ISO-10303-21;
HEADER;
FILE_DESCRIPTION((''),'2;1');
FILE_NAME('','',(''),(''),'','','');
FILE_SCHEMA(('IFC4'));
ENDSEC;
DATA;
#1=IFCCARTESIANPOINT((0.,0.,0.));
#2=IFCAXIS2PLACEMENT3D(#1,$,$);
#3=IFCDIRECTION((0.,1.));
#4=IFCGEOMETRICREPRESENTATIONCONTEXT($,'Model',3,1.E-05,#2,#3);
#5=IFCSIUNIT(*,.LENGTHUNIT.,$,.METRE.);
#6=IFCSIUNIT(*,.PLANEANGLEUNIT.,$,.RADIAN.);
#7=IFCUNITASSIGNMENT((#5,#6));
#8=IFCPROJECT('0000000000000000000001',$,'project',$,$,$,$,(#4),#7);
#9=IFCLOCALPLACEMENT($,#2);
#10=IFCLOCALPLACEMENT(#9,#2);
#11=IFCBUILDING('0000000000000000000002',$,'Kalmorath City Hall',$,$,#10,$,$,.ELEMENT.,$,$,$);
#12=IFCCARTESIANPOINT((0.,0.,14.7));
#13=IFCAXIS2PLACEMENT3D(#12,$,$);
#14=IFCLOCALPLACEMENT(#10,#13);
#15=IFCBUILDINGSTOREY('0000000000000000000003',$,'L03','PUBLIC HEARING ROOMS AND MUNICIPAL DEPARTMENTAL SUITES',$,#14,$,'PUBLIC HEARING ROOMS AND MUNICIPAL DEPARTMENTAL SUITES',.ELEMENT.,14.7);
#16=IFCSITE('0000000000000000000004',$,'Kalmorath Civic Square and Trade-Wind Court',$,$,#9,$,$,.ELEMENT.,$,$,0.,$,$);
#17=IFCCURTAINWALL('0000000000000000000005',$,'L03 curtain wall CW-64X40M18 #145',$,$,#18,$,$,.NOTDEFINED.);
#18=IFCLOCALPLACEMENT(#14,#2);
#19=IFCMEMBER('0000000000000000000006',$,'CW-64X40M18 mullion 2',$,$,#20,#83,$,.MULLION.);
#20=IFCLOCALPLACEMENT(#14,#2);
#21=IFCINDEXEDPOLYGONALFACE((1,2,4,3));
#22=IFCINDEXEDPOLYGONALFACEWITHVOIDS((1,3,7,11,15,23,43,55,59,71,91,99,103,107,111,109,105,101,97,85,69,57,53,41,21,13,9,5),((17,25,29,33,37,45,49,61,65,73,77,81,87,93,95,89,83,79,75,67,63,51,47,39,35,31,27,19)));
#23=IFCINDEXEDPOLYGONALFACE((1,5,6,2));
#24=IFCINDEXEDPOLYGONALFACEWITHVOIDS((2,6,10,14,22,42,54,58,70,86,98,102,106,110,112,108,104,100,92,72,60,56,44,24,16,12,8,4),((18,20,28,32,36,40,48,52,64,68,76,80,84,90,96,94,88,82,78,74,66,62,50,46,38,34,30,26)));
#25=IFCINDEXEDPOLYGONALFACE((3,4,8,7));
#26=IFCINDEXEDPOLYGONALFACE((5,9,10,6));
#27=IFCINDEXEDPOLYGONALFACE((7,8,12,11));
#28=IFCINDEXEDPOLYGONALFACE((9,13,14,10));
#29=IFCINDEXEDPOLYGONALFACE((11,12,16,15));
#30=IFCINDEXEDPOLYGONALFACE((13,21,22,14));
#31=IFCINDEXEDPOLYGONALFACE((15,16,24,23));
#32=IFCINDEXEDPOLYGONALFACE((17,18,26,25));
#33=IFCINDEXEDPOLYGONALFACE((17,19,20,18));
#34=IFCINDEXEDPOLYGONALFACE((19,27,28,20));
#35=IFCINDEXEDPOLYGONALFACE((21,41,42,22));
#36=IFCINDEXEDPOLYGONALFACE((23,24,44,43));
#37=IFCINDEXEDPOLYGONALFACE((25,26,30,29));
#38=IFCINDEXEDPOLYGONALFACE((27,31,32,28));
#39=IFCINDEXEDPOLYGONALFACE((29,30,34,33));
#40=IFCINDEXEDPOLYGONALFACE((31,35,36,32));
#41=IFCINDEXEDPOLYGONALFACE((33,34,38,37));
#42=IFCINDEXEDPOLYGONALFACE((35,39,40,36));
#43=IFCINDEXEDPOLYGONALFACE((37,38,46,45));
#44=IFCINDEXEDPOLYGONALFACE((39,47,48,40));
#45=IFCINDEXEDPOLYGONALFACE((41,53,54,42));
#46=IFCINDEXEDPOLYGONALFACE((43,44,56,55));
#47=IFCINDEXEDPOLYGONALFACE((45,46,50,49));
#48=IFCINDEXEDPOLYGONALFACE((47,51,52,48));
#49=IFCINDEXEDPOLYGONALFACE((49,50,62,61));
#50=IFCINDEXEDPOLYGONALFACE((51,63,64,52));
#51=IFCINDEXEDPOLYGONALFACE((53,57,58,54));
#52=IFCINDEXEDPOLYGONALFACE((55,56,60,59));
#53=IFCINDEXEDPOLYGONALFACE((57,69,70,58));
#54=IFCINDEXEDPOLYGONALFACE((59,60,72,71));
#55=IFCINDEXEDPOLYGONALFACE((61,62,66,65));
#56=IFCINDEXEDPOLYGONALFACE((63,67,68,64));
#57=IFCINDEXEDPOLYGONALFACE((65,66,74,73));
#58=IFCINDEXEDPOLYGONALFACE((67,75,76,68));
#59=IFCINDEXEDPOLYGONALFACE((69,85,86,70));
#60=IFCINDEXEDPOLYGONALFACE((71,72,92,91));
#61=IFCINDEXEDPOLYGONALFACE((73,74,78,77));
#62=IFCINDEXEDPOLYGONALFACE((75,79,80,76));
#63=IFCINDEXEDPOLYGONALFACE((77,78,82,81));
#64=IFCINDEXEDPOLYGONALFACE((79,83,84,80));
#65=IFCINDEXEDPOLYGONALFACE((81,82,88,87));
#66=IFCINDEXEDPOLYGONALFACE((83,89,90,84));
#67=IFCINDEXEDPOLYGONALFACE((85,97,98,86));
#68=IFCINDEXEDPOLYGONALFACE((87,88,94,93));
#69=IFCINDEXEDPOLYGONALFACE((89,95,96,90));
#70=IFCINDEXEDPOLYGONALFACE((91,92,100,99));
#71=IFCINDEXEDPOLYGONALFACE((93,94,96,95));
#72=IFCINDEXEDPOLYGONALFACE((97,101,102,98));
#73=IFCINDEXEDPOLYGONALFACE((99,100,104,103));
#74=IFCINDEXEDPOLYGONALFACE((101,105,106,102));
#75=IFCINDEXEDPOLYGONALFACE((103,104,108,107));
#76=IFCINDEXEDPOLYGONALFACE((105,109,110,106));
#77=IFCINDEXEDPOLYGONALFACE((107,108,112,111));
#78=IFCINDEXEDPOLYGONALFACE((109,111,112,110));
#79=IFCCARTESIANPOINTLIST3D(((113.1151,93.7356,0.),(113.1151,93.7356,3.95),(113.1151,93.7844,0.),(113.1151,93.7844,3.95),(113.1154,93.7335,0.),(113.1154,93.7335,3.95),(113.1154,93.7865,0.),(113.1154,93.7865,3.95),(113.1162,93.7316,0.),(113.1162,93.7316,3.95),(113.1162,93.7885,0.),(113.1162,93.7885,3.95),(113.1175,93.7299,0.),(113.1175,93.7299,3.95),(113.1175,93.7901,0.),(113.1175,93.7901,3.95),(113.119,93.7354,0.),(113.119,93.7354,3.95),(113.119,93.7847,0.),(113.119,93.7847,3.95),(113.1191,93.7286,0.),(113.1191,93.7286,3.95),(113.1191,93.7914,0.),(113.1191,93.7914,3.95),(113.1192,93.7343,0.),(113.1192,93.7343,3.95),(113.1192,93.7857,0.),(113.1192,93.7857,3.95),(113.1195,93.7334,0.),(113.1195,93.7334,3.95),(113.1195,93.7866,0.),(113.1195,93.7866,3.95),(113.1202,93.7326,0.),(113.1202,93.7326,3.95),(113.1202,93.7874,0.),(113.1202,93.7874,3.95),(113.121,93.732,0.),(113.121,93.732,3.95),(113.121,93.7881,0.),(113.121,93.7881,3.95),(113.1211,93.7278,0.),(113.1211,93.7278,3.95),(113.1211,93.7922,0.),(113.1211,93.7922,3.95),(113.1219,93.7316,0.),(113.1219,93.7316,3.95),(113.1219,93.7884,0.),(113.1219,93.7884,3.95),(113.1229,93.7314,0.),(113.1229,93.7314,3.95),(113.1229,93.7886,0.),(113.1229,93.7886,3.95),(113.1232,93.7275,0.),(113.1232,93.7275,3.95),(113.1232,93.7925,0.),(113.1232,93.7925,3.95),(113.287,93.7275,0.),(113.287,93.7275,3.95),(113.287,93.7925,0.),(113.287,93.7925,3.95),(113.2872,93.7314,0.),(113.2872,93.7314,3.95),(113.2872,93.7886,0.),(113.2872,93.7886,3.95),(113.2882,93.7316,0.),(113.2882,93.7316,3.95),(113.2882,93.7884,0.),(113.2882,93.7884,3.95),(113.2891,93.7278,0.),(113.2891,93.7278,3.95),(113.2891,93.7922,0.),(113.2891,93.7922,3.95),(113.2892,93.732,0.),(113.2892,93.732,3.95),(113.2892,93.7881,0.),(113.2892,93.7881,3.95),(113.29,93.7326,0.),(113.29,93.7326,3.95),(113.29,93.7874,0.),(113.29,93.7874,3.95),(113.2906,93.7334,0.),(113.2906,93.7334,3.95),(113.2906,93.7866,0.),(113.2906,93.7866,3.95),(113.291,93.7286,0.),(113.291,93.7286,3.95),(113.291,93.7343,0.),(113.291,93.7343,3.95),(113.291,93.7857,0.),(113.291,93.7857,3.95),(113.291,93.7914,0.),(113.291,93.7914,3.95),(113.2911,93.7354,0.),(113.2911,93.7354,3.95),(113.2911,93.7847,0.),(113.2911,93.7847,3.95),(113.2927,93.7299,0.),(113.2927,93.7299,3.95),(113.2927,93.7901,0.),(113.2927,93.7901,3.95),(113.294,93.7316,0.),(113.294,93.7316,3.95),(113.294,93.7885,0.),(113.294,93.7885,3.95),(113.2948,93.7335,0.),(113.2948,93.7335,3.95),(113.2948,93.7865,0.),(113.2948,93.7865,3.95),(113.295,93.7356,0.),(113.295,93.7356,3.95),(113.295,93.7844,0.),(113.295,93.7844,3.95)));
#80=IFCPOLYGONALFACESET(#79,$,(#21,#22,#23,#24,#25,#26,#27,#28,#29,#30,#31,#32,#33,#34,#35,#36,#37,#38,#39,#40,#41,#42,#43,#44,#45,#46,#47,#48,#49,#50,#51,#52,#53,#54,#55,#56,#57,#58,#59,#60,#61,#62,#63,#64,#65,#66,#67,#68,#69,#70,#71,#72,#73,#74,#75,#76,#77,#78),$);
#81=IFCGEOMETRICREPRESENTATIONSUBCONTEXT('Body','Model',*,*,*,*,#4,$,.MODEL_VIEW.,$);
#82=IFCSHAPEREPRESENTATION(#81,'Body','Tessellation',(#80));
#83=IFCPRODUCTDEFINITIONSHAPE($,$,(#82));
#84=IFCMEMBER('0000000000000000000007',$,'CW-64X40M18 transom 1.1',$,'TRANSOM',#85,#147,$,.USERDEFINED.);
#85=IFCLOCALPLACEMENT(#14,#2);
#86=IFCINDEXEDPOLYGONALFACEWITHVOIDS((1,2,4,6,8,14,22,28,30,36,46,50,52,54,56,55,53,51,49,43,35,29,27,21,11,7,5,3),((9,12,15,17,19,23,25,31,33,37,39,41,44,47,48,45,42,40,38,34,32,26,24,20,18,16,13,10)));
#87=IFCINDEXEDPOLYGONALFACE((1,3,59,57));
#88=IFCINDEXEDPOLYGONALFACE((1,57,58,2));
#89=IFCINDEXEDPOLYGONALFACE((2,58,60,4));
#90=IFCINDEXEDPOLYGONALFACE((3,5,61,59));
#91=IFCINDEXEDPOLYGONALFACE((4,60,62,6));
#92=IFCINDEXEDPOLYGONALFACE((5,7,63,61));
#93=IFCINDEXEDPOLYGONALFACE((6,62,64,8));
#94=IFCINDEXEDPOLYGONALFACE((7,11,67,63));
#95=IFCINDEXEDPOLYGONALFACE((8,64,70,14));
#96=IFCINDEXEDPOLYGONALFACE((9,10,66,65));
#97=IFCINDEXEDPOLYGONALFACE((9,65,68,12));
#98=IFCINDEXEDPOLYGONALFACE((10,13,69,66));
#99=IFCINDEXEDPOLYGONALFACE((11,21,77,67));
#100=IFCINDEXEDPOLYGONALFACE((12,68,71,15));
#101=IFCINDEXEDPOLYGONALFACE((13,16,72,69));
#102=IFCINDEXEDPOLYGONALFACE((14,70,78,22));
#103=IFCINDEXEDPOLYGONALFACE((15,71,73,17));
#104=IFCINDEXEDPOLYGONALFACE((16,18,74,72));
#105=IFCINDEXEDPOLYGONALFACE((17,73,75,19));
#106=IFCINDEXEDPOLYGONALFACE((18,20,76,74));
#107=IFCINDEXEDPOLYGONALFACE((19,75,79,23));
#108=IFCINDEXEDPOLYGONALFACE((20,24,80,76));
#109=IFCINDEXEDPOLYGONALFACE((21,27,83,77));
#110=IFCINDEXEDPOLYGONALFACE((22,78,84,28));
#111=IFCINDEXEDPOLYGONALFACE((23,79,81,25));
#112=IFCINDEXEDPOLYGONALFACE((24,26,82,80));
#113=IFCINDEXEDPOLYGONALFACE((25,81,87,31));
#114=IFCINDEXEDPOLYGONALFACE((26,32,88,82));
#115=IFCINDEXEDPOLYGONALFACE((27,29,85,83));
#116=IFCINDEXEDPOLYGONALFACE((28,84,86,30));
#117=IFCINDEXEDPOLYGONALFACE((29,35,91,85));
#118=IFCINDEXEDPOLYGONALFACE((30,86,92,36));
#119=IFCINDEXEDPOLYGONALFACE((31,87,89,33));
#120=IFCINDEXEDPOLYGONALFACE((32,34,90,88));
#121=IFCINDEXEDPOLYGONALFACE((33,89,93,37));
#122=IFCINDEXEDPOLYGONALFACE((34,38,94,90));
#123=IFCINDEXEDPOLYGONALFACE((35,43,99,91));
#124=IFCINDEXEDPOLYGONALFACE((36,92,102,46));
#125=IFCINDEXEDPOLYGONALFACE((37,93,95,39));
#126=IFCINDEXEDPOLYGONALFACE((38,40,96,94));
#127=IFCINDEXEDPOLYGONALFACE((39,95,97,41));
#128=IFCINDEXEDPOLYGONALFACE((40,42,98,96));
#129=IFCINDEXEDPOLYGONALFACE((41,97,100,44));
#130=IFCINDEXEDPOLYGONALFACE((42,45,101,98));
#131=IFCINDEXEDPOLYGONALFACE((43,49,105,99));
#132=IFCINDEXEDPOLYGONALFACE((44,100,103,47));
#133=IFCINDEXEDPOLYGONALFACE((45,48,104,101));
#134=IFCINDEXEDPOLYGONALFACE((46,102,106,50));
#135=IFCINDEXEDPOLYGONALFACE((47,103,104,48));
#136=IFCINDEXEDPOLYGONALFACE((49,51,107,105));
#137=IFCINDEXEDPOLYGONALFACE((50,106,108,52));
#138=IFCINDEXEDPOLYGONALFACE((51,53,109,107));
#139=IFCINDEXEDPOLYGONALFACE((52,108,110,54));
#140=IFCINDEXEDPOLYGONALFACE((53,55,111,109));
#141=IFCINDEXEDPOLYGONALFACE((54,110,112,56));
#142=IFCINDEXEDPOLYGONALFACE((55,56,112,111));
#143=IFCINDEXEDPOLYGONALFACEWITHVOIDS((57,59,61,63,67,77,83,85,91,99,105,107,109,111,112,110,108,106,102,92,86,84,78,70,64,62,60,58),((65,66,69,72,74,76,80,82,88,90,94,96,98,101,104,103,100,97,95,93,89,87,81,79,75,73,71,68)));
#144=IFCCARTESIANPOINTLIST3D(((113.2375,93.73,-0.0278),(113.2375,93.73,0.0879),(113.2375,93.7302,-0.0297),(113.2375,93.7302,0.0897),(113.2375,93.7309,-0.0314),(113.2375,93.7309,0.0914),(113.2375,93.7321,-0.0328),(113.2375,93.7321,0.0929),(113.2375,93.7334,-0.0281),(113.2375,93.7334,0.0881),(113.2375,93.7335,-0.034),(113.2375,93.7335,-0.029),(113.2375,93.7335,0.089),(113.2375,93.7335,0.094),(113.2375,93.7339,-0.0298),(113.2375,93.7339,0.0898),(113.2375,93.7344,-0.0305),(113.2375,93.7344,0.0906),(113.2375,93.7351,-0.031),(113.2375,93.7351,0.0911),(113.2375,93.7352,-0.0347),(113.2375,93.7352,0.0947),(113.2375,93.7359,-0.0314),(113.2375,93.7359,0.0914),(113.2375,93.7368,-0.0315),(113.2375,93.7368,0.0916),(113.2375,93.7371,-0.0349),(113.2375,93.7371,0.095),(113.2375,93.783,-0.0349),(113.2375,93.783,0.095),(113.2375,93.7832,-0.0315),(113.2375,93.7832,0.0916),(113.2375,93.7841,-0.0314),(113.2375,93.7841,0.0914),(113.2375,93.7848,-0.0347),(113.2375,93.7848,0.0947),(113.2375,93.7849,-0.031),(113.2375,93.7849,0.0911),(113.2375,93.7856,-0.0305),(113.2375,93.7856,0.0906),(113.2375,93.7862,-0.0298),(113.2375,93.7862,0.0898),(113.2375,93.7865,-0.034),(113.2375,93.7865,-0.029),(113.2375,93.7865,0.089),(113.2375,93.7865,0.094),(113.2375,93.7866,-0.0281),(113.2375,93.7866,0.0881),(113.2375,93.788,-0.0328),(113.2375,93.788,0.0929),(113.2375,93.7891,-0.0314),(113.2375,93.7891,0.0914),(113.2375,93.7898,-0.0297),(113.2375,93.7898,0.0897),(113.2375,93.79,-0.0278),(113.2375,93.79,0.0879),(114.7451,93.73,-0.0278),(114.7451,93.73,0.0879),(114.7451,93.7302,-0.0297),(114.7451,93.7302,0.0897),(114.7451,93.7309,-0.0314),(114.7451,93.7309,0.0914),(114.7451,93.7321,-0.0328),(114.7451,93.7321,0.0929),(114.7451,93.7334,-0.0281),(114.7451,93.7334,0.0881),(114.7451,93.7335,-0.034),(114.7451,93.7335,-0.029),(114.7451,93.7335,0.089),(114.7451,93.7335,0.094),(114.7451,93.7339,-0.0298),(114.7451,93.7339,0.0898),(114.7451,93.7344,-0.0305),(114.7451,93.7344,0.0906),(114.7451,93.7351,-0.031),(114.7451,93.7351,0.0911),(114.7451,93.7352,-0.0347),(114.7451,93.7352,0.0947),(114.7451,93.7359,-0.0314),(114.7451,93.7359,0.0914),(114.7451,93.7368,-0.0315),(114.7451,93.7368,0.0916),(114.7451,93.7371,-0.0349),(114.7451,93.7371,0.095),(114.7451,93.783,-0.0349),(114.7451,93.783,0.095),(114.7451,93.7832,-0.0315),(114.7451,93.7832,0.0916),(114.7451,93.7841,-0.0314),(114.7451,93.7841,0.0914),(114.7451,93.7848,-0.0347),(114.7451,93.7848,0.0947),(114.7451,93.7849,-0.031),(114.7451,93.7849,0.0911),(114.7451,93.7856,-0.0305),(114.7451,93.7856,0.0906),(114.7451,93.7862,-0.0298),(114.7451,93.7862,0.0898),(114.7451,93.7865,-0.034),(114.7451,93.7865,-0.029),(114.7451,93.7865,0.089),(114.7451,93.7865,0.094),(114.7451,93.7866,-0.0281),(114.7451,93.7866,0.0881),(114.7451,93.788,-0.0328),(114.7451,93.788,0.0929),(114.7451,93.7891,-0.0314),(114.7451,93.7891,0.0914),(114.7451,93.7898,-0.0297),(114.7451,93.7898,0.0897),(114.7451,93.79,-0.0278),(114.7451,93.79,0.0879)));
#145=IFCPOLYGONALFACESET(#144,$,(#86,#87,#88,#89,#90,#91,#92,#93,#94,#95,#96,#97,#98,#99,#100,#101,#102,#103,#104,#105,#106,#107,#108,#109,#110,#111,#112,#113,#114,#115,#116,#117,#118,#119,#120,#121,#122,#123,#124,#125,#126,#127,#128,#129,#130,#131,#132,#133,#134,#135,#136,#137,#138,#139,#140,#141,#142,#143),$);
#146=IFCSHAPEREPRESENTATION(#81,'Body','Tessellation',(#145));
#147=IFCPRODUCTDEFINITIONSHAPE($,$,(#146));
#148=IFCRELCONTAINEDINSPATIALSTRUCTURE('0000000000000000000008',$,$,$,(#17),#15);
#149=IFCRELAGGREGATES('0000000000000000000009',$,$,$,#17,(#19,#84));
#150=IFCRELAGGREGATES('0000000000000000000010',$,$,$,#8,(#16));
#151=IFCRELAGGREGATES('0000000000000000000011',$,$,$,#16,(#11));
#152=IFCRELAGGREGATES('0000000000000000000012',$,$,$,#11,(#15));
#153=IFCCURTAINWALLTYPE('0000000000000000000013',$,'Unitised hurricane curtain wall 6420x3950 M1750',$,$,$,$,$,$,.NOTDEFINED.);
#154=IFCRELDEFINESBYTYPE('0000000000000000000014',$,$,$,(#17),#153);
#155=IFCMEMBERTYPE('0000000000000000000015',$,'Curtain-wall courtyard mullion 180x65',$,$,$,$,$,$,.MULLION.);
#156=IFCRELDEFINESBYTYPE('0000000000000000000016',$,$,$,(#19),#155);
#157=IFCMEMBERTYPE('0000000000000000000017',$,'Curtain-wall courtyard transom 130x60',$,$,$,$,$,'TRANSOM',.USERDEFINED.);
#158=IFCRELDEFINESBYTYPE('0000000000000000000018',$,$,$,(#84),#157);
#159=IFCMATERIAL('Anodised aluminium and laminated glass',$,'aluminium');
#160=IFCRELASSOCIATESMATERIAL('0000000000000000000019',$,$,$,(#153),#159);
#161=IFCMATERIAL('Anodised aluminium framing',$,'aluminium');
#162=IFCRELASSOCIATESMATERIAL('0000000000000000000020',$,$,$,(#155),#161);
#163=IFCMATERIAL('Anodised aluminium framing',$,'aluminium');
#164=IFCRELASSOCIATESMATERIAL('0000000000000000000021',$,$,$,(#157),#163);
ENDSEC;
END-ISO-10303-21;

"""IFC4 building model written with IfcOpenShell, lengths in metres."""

from ifc_helpers import new_model, si_unit, direction, frame, origin, origin_2d, place, context, subcontext, project, spatial, hollow_rectangle, extrude, material, material_profile, profile_set, type_object, element, aggregate, save


model = new_model("IFC4")

# Units and contexts
model_context = context("Model", 3, precision=1e-05, world=origin(), true_north=direction((0.0, 1.0)))
body_context = subcontext(model_context, "Body", "Model", "MODEL_VIEW")
ifc_project = project(units=[si_unit("LENGTHUNIT", "METRE"), si_unit("PLANEANGLEUNIT", "RADIAN")], contexts=[model_context])

# Site, building, storey
site_placement = place(None, origin())
site = spatial("IfcSite", under=ifc_project, at=site_placement, Name="Kalmorath Civic Square and Trade-Wind Court", CompositionType="ELEMENT", RefElevation=0.0)
building_placement = place(site_placement, origin())
building = spatial("IfcBuilding", under=site, at=building_placement, Name="Kalmorath City Hall", CompositionType="ELEMENT")
storey_placement = place(building_placement, frame((0.0, 0.0, 14.7)))
storey = spatial("IfcBuildingStorey", under=building, at=storey_placement, Name="L03", Description="PUBLIC HEARING ROOMS AND MUNICIPAL DEPARTMENTAL SUITES", LongName="PUBLIC HEARING ROOMS AND MUNICIPAL DEPARTMENTAL SUITES", CompositionType="ELEMENT", Elevation=14.7)

# Curtain wall, members
ifc_material_1 = material(Name="Anodised aluminium and laminated glass", Category="aluminium")
curtain_wall_type = type_object("IfcCurtainWallType", Name="Unitised hurricane curtain wall 6420x3950 M1750", PredefinedType="NOTDEFINED", material=ifc_material_1)
curtain_wall_placement = place(storey_placement, origin())
curtain_wall = element("IfcCurtainWall", 1, at=curtain_wall_placement, inside=storey, type_object=curtain_wall_type, Name="L03 curtain wall CW-64X40M18 #145", PredefinedType="NOTDEFINED")
ifc_material_2 = material(Name="Anodised aluminium framing", Category="aluminium")
ifc_material_profile_1 = material_profile(ifc_material_2, hollow_rectangle(XDim=0.0649, YDim=0.1799, WallThickness=0.0039, InnerFilletRadius=0.0039, OuterFilletRadius=0.0081, at=origin_2d()), Name="ALU-MUL-180X65X4")
ifc_profile_set_1 = profile_set([ifc_material_profile_1], Name="Anodised aluminium framing")
member_type_1 = type_object("IfcMemberType", Name="Curtain-wall courtyard mullion 180x65", PredefinedType="MULLION", material=ifc_profile_set_1)
member_1_placement = place(storey_placement, frame((113.2051, 93.76, 0.0), z_axis=(0.0, 0.0, 1.0), x_axis=(0.0, -1.0, 0.0)))
member_1 = element("IfcMember", 2, at=member_1_placement, type_object=member_type_1, Name="CW-64X40M18 mullion 2", PredefinedType="MULLION", context=body_context, shape_type="SweptSolid", body=[
    extrude(hollow_rectangle(XDim=0.0649, YDim=0.1799, WallThickness=0.0039, InnerFilletRadius=0.0039, OuterFilletRadius=0.0081, at=origin_2d()), origin(), (0.0, 0.0, 1.0), 3.95),
])
ifc_material_3 = material(Name="Anodised aluminium framing", Category="aluminium")
ifc_material_profile_2 = material_profile(ifc_material_3, hollow_rectangle(XDim=0.0601, YDim=0.1299, WallThickness=0.0034, InnerFilletRadius=0.0034, OuterFilletRadius=0.0071, at=origin_2d()), Name="ALU-TRN-130X60X3.5")
ifc_profile_set_2 = profile_set([ifc_material_profile_2], Name="Anodised aluminium framing")
member_type_2 = type_object("IfcMemberType", Name="Curtain-wall courtyard transom 130x60", ElementType="TRANSOM", PredefinedType="USERDEFINED", material=ifc_profile_set_2)
member_2_placement = place(storey_placement, frame((114.7451, 93.76, 0.03), z_axis=(-1.0, 0.0, 0.0), x_axis=(0.0, -1.0, 0.0)))
member_2 = element("IfcMember", 3, at=member_2_placement, type_object=member_type_2, Name="CW-64X40M18 transom 1.1", ObjectType="TRANSOM", PredefinedType="USERDEFINED", context=body_context, shape_type="SweptSolid", body=[
    extrude(hollow_rectangle(XDim=0.0601, YDim=0.1299, WallThickness=0.0034, InnerFilletRadius=0.0034, OuterFilletRadius=0.0071, at=origin_2d()), origin(), (0.0, 0.0, 1.0), 1.5076),
])

aggregate(curtain_wall, [member_1, member_2])

save(model, "model.ifc")
